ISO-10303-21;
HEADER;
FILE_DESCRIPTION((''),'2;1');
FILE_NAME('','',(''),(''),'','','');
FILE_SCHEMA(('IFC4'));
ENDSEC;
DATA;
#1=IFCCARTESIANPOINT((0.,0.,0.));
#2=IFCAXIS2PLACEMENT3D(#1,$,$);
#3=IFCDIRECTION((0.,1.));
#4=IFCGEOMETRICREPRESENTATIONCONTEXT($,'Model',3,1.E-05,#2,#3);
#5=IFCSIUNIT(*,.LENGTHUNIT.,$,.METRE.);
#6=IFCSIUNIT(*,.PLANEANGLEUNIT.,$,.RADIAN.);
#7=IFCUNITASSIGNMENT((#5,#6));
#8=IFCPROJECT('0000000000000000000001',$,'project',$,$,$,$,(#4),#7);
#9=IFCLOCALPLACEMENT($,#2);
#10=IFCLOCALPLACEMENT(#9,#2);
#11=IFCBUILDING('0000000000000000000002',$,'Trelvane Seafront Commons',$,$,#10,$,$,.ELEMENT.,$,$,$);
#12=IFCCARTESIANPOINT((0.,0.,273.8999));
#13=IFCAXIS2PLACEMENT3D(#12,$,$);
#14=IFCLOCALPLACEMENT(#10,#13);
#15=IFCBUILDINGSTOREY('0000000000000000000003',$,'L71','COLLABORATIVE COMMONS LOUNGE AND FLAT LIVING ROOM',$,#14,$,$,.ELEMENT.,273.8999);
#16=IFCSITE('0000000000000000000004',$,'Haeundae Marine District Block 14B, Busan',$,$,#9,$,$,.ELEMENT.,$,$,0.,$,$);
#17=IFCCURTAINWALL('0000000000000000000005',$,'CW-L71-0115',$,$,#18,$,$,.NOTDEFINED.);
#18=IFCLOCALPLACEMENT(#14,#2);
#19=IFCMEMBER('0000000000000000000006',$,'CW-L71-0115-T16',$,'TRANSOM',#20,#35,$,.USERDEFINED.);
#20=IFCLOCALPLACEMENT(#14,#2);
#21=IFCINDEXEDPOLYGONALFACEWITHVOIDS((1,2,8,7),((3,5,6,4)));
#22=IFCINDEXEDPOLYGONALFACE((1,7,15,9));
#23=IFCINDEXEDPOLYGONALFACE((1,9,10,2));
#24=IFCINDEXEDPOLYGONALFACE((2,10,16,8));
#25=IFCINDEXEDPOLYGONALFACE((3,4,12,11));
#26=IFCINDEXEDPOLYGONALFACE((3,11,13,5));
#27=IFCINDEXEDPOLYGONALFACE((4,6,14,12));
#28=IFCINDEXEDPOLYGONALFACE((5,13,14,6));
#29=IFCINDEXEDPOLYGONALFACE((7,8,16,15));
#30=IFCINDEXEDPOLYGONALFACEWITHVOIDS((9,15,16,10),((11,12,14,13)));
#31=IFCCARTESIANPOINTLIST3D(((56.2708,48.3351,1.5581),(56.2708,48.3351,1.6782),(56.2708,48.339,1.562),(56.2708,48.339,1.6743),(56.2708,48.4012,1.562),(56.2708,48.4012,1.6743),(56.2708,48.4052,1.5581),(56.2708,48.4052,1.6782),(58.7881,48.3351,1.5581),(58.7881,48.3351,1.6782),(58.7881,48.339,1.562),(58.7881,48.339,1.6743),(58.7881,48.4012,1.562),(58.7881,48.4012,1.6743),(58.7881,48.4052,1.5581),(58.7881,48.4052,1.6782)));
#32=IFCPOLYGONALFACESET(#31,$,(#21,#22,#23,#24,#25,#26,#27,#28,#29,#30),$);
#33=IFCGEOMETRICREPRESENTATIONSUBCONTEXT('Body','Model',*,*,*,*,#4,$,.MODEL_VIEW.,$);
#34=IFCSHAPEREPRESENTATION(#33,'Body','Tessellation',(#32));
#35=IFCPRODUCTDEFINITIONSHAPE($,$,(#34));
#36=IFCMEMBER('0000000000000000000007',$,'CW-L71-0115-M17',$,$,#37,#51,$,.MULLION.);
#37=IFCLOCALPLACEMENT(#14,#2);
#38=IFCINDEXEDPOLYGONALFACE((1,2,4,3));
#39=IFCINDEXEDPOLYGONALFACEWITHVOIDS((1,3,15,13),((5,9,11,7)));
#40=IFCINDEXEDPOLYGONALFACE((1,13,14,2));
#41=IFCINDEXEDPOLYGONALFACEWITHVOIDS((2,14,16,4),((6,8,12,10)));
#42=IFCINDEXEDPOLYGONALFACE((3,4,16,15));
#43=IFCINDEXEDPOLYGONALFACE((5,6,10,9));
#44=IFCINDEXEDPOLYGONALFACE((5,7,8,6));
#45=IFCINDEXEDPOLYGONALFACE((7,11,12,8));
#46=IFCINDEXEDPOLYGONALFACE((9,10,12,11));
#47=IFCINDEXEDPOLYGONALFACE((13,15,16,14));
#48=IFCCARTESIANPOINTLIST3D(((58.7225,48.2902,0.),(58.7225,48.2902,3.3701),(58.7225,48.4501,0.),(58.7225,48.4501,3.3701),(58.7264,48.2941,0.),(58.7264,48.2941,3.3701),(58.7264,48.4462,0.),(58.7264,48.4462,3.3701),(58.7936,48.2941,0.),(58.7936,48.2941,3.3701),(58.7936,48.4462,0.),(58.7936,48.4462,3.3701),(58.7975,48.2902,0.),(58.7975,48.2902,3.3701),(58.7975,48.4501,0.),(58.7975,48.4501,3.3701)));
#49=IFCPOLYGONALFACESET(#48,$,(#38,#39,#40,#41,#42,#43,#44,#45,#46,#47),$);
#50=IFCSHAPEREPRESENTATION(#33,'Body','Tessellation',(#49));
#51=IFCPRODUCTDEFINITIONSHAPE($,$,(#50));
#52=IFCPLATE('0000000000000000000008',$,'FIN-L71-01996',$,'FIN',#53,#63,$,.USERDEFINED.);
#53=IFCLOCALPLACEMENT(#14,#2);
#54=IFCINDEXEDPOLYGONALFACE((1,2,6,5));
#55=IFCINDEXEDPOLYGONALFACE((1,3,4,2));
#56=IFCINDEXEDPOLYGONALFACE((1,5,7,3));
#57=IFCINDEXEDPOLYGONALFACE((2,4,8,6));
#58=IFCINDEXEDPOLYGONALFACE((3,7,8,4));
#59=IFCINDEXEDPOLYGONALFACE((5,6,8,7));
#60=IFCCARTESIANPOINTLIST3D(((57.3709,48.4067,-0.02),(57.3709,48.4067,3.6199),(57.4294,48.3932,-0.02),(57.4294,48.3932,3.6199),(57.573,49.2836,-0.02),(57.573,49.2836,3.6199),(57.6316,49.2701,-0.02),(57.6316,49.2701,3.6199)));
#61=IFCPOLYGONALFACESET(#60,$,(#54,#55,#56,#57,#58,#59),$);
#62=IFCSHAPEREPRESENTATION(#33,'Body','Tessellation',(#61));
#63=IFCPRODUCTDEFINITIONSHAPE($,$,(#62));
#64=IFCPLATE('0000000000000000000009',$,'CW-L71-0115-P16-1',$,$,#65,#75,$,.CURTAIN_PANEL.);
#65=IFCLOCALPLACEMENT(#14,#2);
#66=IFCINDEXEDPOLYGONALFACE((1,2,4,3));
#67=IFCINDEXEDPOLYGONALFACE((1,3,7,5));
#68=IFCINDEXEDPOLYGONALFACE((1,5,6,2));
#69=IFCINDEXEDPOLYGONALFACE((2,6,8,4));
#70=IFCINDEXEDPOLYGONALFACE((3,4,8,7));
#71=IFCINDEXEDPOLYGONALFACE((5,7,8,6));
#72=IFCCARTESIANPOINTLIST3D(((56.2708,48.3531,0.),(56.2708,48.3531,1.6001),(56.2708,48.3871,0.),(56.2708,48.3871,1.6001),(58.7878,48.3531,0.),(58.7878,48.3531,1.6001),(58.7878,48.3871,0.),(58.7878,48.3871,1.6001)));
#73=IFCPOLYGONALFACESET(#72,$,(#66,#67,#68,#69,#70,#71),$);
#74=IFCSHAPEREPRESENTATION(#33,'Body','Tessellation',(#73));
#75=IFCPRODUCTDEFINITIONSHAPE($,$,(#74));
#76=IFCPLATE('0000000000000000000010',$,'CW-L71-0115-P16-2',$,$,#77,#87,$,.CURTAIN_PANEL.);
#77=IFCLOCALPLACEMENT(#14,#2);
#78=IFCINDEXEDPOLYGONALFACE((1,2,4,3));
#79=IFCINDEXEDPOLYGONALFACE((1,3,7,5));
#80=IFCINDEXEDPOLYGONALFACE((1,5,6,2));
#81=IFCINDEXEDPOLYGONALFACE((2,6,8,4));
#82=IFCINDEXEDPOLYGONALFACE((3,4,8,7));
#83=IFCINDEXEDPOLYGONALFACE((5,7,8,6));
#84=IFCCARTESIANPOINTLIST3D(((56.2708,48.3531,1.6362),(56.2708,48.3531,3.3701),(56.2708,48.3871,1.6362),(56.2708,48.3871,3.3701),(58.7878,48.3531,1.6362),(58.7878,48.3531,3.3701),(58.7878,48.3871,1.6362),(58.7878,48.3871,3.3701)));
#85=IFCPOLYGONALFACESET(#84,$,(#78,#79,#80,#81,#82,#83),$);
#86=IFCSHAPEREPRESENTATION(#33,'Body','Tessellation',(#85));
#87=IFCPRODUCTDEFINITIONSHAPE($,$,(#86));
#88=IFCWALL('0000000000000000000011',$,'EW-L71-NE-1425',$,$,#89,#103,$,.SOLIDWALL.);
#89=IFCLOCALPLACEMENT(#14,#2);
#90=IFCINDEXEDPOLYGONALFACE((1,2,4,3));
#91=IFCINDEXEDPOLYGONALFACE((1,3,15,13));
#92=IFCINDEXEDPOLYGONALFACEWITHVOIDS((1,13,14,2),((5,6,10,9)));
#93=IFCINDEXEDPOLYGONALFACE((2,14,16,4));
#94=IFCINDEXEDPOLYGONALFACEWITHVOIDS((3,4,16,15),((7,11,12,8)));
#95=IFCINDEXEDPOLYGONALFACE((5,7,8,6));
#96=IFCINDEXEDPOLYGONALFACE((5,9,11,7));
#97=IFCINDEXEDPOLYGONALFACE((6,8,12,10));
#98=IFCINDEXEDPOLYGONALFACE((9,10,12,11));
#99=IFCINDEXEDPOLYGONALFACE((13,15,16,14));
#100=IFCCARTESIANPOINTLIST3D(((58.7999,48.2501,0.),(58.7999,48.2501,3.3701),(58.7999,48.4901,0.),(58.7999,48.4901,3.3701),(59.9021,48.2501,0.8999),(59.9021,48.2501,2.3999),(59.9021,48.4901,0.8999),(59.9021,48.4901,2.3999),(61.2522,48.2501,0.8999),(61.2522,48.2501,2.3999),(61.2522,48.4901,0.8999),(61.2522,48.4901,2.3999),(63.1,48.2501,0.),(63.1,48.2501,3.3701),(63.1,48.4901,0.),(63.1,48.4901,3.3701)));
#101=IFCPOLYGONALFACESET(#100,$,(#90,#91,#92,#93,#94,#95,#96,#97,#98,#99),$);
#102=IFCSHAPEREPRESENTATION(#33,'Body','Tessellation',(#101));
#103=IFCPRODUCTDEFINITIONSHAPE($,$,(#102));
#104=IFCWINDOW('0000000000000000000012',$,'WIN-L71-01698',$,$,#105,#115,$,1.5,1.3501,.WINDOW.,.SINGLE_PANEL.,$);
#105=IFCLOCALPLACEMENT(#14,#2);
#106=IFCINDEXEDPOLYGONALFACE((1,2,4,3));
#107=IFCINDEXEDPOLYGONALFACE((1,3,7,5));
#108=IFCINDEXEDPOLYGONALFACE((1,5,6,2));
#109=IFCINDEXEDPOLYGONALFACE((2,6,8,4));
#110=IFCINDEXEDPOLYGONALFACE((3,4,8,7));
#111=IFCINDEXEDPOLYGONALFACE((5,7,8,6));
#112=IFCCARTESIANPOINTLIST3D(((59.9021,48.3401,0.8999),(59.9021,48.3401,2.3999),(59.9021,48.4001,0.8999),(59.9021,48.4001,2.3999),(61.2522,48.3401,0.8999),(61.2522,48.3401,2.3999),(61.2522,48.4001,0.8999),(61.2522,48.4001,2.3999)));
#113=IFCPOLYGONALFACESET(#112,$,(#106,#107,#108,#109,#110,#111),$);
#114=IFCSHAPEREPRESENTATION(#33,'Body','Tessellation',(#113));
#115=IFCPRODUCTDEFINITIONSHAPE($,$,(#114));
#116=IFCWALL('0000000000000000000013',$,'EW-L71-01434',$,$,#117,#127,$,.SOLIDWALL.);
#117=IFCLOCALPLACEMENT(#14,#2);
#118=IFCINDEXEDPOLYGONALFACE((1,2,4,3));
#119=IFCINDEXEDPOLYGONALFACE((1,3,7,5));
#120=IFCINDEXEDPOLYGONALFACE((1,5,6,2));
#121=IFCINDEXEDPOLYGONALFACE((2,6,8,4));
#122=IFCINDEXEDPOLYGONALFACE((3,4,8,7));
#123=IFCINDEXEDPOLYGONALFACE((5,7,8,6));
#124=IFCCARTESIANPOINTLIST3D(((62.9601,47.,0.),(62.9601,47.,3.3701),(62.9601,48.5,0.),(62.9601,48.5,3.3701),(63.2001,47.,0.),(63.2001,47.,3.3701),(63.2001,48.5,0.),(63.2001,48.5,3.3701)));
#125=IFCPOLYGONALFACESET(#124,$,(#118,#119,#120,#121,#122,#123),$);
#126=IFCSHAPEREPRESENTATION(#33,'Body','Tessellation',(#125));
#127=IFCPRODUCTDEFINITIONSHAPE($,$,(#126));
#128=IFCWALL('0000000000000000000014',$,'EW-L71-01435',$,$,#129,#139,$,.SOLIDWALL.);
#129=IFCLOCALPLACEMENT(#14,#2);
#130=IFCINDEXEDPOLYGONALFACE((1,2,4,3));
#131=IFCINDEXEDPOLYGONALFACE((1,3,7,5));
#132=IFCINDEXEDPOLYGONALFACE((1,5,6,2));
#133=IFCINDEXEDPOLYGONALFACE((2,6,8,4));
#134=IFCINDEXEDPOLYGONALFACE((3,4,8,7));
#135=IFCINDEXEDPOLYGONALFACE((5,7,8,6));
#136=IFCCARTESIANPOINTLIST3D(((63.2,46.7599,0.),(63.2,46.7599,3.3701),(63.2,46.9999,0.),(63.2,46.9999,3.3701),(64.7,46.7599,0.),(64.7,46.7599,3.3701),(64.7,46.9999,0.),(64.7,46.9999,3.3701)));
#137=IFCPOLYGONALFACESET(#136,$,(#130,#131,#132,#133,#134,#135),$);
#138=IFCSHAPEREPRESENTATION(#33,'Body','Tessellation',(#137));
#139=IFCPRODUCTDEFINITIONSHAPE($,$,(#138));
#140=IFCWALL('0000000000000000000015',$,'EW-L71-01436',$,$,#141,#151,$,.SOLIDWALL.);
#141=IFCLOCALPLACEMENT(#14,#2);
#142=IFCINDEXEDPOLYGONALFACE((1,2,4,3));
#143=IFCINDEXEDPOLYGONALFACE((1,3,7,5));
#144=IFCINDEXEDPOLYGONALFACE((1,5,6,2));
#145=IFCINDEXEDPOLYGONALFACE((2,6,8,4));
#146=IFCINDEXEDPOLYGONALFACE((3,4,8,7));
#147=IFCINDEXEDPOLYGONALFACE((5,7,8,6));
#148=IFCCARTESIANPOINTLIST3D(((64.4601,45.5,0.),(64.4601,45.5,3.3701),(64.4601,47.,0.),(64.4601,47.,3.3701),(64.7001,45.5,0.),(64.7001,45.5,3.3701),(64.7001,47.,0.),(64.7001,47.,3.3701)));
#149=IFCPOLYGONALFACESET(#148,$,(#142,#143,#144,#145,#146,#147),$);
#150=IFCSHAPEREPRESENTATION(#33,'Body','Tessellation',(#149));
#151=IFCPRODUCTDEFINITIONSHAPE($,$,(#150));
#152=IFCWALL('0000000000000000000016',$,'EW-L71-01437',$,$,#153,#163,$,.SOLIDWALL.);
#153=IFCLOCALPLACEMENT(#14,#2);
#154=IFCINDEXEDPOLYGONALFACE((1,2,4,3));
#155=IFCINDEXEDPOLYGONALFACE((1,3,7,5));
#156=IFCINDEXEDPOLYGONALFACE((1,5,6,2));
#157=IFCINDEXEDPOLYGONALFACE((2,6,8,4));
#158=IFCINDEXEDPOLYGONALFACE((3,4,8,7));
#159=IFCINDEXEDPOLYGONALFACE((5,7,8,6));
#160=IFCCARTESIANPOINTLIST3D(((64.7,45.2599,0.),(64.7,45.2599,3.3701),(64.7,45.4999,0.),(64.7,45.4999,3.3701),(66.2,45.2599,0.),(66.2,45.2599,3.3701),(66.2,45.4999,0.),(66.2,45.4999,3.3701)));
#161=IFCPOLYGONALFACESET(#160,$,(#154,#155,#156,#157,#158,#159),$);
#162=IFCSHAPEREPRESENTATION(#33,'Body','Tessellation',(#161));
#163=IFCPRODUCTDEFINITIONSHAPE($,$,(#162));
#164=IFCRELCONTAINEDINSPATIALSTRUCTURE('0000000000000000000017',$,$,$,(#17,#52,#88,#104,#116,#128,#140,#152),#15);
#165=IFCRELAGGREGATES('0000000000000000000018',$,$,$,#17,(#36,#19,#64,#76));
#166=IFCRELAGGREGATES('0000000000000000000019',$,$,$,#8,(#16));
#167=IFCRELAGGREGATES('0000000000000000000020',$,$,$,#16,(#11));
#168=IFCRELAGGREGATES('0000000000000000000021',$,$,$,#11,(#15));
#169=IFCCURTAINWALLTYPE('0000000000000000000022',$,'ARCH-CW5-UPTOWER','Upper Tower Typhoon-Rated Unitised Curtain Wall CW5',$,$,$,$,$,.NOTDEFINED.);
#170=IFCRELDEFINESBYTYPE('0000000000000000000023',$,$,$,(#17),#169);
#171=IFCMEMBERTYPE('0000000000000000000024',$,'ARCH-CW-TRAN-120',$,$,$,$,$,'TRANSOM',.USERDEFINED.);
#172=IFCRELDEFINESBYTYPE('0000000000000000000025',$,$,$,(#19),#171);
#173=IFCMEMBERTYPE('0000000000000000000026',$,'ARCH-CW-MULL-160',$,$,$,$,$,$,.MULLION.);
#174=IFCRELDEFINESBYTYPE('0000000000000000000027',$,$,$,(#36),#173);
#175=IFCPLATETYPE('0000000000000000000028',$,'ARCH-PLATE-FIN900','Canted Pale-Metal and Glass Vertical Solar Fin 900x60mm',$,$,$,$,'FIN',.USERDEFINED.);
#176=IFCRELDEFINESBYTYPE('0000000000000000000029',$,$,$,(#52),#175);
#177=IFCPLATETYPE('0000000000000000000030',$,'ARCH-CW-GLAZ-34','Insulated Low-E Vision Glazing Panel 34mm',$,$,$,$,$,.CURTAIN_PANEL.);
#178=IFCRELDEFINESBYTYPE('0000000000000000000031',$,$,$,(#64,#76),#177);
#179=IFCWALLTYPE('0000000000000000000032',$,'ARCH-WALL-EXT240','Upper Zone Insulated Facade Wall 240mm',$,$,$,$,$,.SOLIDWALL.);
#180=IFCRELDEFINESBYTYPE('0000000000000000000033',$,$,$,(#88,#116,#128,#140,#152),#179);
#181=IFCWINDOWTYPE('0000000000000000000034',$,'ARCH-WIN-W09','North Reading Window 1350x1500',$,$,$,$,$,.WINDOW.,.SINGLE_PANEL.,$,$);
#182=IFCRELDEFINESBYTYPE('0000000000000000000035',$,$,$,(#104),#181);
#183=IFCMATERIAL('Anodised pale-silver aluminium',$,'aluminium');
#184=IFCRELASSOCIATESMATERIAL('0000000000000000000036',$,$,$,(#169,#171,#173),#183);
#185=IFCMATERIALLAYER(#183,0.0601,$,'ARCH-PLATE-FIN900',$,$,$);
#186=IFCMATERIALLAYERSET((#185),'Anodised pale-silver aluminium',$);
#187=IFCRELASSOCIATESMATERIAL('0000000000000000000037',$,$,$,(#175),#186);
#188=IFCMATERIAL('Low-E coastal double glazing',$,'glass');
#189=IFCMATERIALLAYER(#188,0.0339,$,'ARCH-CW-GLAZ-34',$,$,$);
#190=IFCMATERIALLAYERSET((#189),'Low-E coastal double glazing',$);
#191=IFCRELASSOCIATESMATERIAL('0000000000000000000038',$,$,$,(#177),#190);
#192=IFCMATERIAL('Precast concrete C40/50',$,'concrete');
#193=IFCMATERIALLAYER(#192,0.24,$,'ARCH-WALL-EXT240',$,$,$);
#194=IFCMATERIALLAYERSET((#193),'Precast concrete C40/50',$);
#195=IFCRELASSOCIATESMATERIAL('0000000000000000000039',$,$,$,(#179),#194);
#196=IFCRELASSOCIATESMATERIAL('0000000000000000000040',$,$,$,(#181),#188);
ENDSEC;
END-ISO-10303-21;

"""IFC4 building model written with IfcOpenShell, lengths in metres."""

from ifc_helpers import new_model, si_unit, direction, frame, frame_2d, origin, origin_2d, place, context, subcontext, project, spatial, rectangle, hollow_rectangle, extrude, source, transform, mapped, material, layer, layer_set, material_profile, profile_set, type_object, element, fill, aggregate, save


model = new_model("IFC4")

# Units and contexts
model_context = context("Model", 3, precision=1e-05, world=origin(), true_north=direction((0.0, 1.0)))
body_context = subcontext(model_context, "Body", "Model", "MODEL_VIEW")
ifc_project = project(units=[si_unit("LENGTHUNIT", "METRE"), si_unit("PLANEANGLEUNIT", "RADIAN")], contexts=[model_context])

# Site, building, storey
site_placement = place(None, origin())
site = spatial("IfcSite", under=ifc_project, at=site_placement, Name="Haeundae Marine District Block 14B, Busan", CompositionType="ELEMENT", RefElevation=0.0)
building_placement = place(site_placement, origin())
building = spatial("IfcBuilding", under=site, at=building_placement, Name="Trelvane Seafront Commons", CompositionType="ELEMENT")
storey_placement = place(building_placement, frame((0.0, 0.0, 273.8999)))
storey = spatial("IfcBuildingStorey", under=building, at=storey_placement, Name="L71", Description="COLLABORATIVE COMMONS LOUNGE AND FLAT LIVING ROOM", CompositionType="ELEMENT", Elevation=273.8999)

# Curtain wall, members
ifc_material_1 = material(Name="Anodised pale-silver aluminium", Category="aluminium")
curtain_wall_type = type_object("IfcCurtainWallType", Name="ARCH-CW5-UPTOWER", Description="Upper Tower Typhoon-Rated Unitised Curtain Wall CW5", PredefinedType="NOTDEFINED", material=ifc_material_1)
curtain_wall_placement = place(storey_placement, origin())
curtain_wall = element("IfcCurtainWall", 1, at=curtain_wall_placement, inside=storey, type_object=curtain_wall_type, Name="CW-L71-0115", PredefinedType="NOTDEFINED")
ifc_material_profile_1 = material_profile(ifc_material_1, hollow_rectangle(XDim=0.0701, YDim=0.1201, WallThickness=0.0039, at=origin_2d()), Name="TRAN-70x120x4")
ifc_profile_set_1 = profile_set([ifc_material_profile_1], Name="Anodised pale-silver aluminium")
member_type_1 = type_object("IfcMemberType", Name="ARCH-CW-TRAN-120", ElementType="TRANSOM", PredefinedType="USERDEFINED", material=ifc_profile_set_1)
shared_shape_1 = source(origin(), body_context, "Body", "SweptSolid", [
    extrude(hollow_rectangle(XDim=0.0701, YDim=0.1201, WallThickness=0.0039, at=origin_2d()), origin(), (0.0, 0.0, 1.0), 2.5173),
])
member_1_placement = place(storey_placement, frame((56.2708, 48.3701, 1.6182), z_axis=(1.0, 0.0, 0.0), x_axis=(0.0, 1.0, 0.0)))
member_1 = element("IfcMember", 2, at=member_1_placement, type_object=member_type_1, Name="CW-L71-0115-T16", ObjectType="TRANSOM", PredefinedType="USERDEFINED", context=body_context, shape_type="MappedRepresentation", body=[
    mapped(shared_shape_1, transform((0.0, 0.0, 0.0), x_axis=(1.0, 0.0, 0.0), y_axis=(0.0, 1.0, 0.0), z_axis=(0.0, 0.0, 1.0), scale=1.0)),
])
ifc_material_profile_2 = material_profile(ifc_material_1, hollow_rectangle(XDim=0.075, YDim=0.1599, WallThickness=0.0039, at=origin_2d()), Name="MULL-75x160x4")
ifc_profile_set_2 = profile_set([ifc_material_profile_2], Name="Anodised pale-silver aluminium")
member_type_2 = type_object("IfcMemberType", Name="ARCH-CW-MULL-160", PredefinedType="MULLION", material=ifc_profile_set_2)
shared_shape_2 = source(origin(), body_context, "Body", "SweptSolid", [
    extrude(hollow_rectangle(XDim=0.075, YDim=0.1599, WallThickness=0.0039, at=origin_2d()), origin(), (0.0, 0.0, 1.0), 3.3701),
])
member_2_placement = place(storey_placement, frame((58.76, 48.3701, 0.0), z_axis=(0.0, 0.0, 1.0), x_axis=(1.0, 0.0, 0.0)))
member_2 = element("IfcMember", 3, at=member_2_placement, type_object=member_type_2, Name="CW-L71-0115-M17", PredefinedType="MULLION", context=body_context, shape_type="MappedRepresentation", body=[
    mapped(shared_shape_2, transform((0.0, 0.0, 0.0), x_axis=(1.0, 0.0, 0.0), y_axis=(0.0, 1.0, 0.0), z_axis=(0.0, 0.0, 1.0), scale=1.0)),
])

# Plates
ifc_layer_1 = layer(ifc_material_1, 0.0601, Name="ARCH-PLATE-FIN900")
ifc_layer_set_1 = layer_set([ifc_layer_1], Name="Anodised pale-silver aluminium")
plate_type_1 = type_object("IfcPlateType", Name="ARCH-PLATE-FIN900", Description="Canted Pale-Metal and Glass Vertical Solar Fin 900x60mm", ElementType="FIN", PredefinedType="USERDEFINED", material=ifc_layer_set_1)
shared_shape_3 = source(origin(), body_context, "Body", "SweptSolid", [
    extrude(rectangle(XDim=0.8999, YDim=0.0601, at=origin_2d()), origin(), (0.0, 0.0, 1.0), 3.6399),
])
plate_1_placement = place(storey_placement, frame((57.5012, 48.8384, -0.02), z_axis=(0.0, 0.0, 1.0), x_axis=(0.224665, 0.974436, 0.0)))
element("IfcPlate", 4, at=plate_1_placement, inside=storey, type_object=plate_type_1, Name="FIN-L71-01996", ObjectType="FIN", PredefinedType="USERDEFINED", context=body_context, shape_type="MappedRepresentation", body=[
    mapped(shared_shape_3, transform((0.0, 0.0, 0.0), x_axis=(1.0, 0.0, 0.0), y_axis=(0.0, 1.0, 0.0), z_axis=(0.0, 0.0, 1.0), scale=1.0)),
])
ifc_material_2 = material(Name="Low-E coastal double glazing", Category="glass")
ifc_layer_2 = layer(ifc_material_2, 0.0339, Name="ARCH-CW-GLAZ-34")
ifc_layer_set_2 = layer_set([ifc_layer_2], Name="Low-E coastal double glazing")
plate_type_2 = type_object("IfcPlateType", Name="ARCH-CW-GLAZ-34", Description="Insulated Low-E Vision Glazing Panel 34mm", PredefinedType="CURTAIN_PANEL", material=ifc_layer_set_2)
shared_shape_4 = source(origin(), body_context, "Body", "SweptSolid", [
    extrude(rectangle(XDim=2.5171, YDim=0.0339, at=origin_2d()), origin(), (0.0, 0.0, 1.0), 1.6001),
])
plate_2_placement = place(storey_placement, frame((57.5293, 48.3701, 0.0), z_axis=(0.0, 0.0, 1.0), x_axis=(1.0, 0.0, 0.0)))
plate_2 = element("IfcPlate", 5, at=plate_2_placement, type_object=plate_type_2, Name="CW-L71-0115-P16-1", PredefinedType="CURTAIN_PANEL", context=body_context, shape_type="MappedRepresentation", body=[
    mapped(shared_shape_4, transform((0.0, 0.0, 0.0), x_axis=(1.0, 0.0, 0.0), y_axis=(0.0, 1.0, 0.0), z_axis=(0.0, 0.0, 1.0), scale=1.0)),
])
shared_shape_5 = source(origin(), body_context, "Body", "SweptSolid", [
    extrude(rectangle(XDim=2.5171, YDim=0.0339, at=origin_2d()), origin(), (0.0, 0.0, 1.0), 1.7339),
])
plate_3_placement = place(storey_placement, frame((57.5293, 48.3701, 1.6362), z_axis=(0.0, 0.0, 1.0), x_axis=(1.0, 0.0, 0.0)))
plate_3 = element("IfcPlate", 6, at=plate_3_placement, type_object=plate_type_2, Name="CW-L71-0115-P16-2", PredefinedType="CURTAIN_PANEL", context=body_context, shape_type="MappedRepresentation", body=[
    mapped(shared_shape_5, transform((0.0, 0.0, 0.0), x_axis=(1.0, 0.0, 0.0), y_axis=(0.0, 1.0, 0.0), z_axis=(0.0, 0.0, 1.0), scale=1.0)),
])
aggregate(curtain_wall, [member_2, member_1, plate_2, plate_3])

# Wall, opening, window
ifc_material_3 = material(Name="Precast concrete C40/50", Category="concrete")
ifc_layer_3 = layer(ifc_material_3, 0.24, Name="ARCH-WALL-EXT240")
ifc_layer_set_3 = layer_set([ifc_layer_3], Name="Precast concrete C40/50")
wall_type = type_object("IfcWallType", Name="ARCH-WALL-EXT240", Description="Upper Zone Insulated Facade Wall 240mm", PredefinedType="SOLIDWALL", material=ifc_layer_set_3)
wall_1_placement = place(storey_placement, frame((58.8, 48.3701, 0.0), z_axis=(0.0, 0.0, 1.0), x_axis=(1.0, 0.0, 0.0)))
wall_1 = element("IfcWall", 7, at=wall_1_placement, inside=storey, type_object=wall_type, Name="EW-L71-NE-1425", PredefinedType="SOLIDWALL", context=body_context, shape_type="SweptSolid", body=[
    extrude(rectangle(XDim=4.3, YDim=0.24, at=frame_2d((2.1499, 0.0))), origin(), (0.0, 0.0, 1.0), 3.3701),
])
opening_1_placement = place(wall_1_placement, frame((1.1021, 0.0, 0.8999)))
opening_1 = element("IfcOpeningElement", 8, at=opening_1_placement, cuts=wall_1, PredefinedType="OPENING", context=body_context, shape_type="SweptSolid", body=[
    extrude(rectangle(XDim=1.3501, YDim=1.5, at=frame_2d((0.675, 0.75))), frame((0.0, 0.1299, 0.0), z_axis=(0.0, -1.0, 0.0), x_axis=(1.0, 0.0, 0.0)), (0.0, 0.0, 1.0), 0.26),
])
window_type_1 = type_object("IfcWindowType", Name="ARCH-WIN-W09", Description="North Reading Window 1350x1500", PartitioningType="SINGLE_PANEL", PredefinedType="WINDOW", material=ifc_material_2)
shared_shape_6 = source(origin(), body_context, "Body", "SweptSolid", [
    extrude(rectangle(XDim=1.3501, YDim=1.5, at=frame_2d((0.675, 0.75))), frame((0.0, 0.03, 0.0), z_axis=(0.0, -1.0, 0.0), x_axis=(1.0, 0.0, 0.0)), (0.0, 0.0, 1.0), 0.0601),
])
window_1_placement = place(opening_1_placement, origin())
window_1 = element("IfcWindow", 9, at=window_1_placement, inside=storey, type_object=window_type_1, Name="WIN-L71-01698", OverallHeight=1.5, OverallWidth=1.3501, PartitioningType="SINGLE_PANEL", PredefinedType="WINDOW", context=body_context, shape_type="MappedRepresentation", body=[
    mapped(shared_shape_6, transform((0.0, 0.0, 0.0), x_axis=(1.0, 0.0, 0.0), y_axis=(0.0, 1.0, 0.0), z_axis=(0.0, 0.0, 1.0), scale=1.0)),
])
fill(opening_1, window_1)

# Walls
for number, where, z_axis, x_axis, name in (
    (10, (63.0801, 48.5, 0.0), (0.0, 0.0, 1.0), (0.0, -1.0, 0.0), "EW-L71-01434"),
    (11, (63.2, 46.8799, 0.0), (0.0, 0.0, 1.0), (1.0, 0.0, 0.0), "EW-L71-01435"),
    (12, (64.5801, 47.0, 0.0), (0.0, 0.0, 1.0), (0.0, -1.0, 0.0), "EW-L71-01436"),
    (13, (64.7, 45.3799, 0.0), (0.0, 0.0, 1.0), (1.0, 0.0, 0.0), "EW-L71-01437"),
):
    element("IfcWall", number, at=place(storey_placement, frame(where, z_axis=z_axis, x_axis=x_axis)), inside=storey, type_object=wall_type, Name=name, PredefinedType="SOLIDWALL", context=body_context, shape_type="SweptSolid", body=[
        extrude(rectangle(XDim=1.5, YDim=0.24, at=frame_2d((0.75, 0.0))), origin(), (0.0, 0.0, 1.0), 3.3701),
    ])

save(model, "model.ifc")
